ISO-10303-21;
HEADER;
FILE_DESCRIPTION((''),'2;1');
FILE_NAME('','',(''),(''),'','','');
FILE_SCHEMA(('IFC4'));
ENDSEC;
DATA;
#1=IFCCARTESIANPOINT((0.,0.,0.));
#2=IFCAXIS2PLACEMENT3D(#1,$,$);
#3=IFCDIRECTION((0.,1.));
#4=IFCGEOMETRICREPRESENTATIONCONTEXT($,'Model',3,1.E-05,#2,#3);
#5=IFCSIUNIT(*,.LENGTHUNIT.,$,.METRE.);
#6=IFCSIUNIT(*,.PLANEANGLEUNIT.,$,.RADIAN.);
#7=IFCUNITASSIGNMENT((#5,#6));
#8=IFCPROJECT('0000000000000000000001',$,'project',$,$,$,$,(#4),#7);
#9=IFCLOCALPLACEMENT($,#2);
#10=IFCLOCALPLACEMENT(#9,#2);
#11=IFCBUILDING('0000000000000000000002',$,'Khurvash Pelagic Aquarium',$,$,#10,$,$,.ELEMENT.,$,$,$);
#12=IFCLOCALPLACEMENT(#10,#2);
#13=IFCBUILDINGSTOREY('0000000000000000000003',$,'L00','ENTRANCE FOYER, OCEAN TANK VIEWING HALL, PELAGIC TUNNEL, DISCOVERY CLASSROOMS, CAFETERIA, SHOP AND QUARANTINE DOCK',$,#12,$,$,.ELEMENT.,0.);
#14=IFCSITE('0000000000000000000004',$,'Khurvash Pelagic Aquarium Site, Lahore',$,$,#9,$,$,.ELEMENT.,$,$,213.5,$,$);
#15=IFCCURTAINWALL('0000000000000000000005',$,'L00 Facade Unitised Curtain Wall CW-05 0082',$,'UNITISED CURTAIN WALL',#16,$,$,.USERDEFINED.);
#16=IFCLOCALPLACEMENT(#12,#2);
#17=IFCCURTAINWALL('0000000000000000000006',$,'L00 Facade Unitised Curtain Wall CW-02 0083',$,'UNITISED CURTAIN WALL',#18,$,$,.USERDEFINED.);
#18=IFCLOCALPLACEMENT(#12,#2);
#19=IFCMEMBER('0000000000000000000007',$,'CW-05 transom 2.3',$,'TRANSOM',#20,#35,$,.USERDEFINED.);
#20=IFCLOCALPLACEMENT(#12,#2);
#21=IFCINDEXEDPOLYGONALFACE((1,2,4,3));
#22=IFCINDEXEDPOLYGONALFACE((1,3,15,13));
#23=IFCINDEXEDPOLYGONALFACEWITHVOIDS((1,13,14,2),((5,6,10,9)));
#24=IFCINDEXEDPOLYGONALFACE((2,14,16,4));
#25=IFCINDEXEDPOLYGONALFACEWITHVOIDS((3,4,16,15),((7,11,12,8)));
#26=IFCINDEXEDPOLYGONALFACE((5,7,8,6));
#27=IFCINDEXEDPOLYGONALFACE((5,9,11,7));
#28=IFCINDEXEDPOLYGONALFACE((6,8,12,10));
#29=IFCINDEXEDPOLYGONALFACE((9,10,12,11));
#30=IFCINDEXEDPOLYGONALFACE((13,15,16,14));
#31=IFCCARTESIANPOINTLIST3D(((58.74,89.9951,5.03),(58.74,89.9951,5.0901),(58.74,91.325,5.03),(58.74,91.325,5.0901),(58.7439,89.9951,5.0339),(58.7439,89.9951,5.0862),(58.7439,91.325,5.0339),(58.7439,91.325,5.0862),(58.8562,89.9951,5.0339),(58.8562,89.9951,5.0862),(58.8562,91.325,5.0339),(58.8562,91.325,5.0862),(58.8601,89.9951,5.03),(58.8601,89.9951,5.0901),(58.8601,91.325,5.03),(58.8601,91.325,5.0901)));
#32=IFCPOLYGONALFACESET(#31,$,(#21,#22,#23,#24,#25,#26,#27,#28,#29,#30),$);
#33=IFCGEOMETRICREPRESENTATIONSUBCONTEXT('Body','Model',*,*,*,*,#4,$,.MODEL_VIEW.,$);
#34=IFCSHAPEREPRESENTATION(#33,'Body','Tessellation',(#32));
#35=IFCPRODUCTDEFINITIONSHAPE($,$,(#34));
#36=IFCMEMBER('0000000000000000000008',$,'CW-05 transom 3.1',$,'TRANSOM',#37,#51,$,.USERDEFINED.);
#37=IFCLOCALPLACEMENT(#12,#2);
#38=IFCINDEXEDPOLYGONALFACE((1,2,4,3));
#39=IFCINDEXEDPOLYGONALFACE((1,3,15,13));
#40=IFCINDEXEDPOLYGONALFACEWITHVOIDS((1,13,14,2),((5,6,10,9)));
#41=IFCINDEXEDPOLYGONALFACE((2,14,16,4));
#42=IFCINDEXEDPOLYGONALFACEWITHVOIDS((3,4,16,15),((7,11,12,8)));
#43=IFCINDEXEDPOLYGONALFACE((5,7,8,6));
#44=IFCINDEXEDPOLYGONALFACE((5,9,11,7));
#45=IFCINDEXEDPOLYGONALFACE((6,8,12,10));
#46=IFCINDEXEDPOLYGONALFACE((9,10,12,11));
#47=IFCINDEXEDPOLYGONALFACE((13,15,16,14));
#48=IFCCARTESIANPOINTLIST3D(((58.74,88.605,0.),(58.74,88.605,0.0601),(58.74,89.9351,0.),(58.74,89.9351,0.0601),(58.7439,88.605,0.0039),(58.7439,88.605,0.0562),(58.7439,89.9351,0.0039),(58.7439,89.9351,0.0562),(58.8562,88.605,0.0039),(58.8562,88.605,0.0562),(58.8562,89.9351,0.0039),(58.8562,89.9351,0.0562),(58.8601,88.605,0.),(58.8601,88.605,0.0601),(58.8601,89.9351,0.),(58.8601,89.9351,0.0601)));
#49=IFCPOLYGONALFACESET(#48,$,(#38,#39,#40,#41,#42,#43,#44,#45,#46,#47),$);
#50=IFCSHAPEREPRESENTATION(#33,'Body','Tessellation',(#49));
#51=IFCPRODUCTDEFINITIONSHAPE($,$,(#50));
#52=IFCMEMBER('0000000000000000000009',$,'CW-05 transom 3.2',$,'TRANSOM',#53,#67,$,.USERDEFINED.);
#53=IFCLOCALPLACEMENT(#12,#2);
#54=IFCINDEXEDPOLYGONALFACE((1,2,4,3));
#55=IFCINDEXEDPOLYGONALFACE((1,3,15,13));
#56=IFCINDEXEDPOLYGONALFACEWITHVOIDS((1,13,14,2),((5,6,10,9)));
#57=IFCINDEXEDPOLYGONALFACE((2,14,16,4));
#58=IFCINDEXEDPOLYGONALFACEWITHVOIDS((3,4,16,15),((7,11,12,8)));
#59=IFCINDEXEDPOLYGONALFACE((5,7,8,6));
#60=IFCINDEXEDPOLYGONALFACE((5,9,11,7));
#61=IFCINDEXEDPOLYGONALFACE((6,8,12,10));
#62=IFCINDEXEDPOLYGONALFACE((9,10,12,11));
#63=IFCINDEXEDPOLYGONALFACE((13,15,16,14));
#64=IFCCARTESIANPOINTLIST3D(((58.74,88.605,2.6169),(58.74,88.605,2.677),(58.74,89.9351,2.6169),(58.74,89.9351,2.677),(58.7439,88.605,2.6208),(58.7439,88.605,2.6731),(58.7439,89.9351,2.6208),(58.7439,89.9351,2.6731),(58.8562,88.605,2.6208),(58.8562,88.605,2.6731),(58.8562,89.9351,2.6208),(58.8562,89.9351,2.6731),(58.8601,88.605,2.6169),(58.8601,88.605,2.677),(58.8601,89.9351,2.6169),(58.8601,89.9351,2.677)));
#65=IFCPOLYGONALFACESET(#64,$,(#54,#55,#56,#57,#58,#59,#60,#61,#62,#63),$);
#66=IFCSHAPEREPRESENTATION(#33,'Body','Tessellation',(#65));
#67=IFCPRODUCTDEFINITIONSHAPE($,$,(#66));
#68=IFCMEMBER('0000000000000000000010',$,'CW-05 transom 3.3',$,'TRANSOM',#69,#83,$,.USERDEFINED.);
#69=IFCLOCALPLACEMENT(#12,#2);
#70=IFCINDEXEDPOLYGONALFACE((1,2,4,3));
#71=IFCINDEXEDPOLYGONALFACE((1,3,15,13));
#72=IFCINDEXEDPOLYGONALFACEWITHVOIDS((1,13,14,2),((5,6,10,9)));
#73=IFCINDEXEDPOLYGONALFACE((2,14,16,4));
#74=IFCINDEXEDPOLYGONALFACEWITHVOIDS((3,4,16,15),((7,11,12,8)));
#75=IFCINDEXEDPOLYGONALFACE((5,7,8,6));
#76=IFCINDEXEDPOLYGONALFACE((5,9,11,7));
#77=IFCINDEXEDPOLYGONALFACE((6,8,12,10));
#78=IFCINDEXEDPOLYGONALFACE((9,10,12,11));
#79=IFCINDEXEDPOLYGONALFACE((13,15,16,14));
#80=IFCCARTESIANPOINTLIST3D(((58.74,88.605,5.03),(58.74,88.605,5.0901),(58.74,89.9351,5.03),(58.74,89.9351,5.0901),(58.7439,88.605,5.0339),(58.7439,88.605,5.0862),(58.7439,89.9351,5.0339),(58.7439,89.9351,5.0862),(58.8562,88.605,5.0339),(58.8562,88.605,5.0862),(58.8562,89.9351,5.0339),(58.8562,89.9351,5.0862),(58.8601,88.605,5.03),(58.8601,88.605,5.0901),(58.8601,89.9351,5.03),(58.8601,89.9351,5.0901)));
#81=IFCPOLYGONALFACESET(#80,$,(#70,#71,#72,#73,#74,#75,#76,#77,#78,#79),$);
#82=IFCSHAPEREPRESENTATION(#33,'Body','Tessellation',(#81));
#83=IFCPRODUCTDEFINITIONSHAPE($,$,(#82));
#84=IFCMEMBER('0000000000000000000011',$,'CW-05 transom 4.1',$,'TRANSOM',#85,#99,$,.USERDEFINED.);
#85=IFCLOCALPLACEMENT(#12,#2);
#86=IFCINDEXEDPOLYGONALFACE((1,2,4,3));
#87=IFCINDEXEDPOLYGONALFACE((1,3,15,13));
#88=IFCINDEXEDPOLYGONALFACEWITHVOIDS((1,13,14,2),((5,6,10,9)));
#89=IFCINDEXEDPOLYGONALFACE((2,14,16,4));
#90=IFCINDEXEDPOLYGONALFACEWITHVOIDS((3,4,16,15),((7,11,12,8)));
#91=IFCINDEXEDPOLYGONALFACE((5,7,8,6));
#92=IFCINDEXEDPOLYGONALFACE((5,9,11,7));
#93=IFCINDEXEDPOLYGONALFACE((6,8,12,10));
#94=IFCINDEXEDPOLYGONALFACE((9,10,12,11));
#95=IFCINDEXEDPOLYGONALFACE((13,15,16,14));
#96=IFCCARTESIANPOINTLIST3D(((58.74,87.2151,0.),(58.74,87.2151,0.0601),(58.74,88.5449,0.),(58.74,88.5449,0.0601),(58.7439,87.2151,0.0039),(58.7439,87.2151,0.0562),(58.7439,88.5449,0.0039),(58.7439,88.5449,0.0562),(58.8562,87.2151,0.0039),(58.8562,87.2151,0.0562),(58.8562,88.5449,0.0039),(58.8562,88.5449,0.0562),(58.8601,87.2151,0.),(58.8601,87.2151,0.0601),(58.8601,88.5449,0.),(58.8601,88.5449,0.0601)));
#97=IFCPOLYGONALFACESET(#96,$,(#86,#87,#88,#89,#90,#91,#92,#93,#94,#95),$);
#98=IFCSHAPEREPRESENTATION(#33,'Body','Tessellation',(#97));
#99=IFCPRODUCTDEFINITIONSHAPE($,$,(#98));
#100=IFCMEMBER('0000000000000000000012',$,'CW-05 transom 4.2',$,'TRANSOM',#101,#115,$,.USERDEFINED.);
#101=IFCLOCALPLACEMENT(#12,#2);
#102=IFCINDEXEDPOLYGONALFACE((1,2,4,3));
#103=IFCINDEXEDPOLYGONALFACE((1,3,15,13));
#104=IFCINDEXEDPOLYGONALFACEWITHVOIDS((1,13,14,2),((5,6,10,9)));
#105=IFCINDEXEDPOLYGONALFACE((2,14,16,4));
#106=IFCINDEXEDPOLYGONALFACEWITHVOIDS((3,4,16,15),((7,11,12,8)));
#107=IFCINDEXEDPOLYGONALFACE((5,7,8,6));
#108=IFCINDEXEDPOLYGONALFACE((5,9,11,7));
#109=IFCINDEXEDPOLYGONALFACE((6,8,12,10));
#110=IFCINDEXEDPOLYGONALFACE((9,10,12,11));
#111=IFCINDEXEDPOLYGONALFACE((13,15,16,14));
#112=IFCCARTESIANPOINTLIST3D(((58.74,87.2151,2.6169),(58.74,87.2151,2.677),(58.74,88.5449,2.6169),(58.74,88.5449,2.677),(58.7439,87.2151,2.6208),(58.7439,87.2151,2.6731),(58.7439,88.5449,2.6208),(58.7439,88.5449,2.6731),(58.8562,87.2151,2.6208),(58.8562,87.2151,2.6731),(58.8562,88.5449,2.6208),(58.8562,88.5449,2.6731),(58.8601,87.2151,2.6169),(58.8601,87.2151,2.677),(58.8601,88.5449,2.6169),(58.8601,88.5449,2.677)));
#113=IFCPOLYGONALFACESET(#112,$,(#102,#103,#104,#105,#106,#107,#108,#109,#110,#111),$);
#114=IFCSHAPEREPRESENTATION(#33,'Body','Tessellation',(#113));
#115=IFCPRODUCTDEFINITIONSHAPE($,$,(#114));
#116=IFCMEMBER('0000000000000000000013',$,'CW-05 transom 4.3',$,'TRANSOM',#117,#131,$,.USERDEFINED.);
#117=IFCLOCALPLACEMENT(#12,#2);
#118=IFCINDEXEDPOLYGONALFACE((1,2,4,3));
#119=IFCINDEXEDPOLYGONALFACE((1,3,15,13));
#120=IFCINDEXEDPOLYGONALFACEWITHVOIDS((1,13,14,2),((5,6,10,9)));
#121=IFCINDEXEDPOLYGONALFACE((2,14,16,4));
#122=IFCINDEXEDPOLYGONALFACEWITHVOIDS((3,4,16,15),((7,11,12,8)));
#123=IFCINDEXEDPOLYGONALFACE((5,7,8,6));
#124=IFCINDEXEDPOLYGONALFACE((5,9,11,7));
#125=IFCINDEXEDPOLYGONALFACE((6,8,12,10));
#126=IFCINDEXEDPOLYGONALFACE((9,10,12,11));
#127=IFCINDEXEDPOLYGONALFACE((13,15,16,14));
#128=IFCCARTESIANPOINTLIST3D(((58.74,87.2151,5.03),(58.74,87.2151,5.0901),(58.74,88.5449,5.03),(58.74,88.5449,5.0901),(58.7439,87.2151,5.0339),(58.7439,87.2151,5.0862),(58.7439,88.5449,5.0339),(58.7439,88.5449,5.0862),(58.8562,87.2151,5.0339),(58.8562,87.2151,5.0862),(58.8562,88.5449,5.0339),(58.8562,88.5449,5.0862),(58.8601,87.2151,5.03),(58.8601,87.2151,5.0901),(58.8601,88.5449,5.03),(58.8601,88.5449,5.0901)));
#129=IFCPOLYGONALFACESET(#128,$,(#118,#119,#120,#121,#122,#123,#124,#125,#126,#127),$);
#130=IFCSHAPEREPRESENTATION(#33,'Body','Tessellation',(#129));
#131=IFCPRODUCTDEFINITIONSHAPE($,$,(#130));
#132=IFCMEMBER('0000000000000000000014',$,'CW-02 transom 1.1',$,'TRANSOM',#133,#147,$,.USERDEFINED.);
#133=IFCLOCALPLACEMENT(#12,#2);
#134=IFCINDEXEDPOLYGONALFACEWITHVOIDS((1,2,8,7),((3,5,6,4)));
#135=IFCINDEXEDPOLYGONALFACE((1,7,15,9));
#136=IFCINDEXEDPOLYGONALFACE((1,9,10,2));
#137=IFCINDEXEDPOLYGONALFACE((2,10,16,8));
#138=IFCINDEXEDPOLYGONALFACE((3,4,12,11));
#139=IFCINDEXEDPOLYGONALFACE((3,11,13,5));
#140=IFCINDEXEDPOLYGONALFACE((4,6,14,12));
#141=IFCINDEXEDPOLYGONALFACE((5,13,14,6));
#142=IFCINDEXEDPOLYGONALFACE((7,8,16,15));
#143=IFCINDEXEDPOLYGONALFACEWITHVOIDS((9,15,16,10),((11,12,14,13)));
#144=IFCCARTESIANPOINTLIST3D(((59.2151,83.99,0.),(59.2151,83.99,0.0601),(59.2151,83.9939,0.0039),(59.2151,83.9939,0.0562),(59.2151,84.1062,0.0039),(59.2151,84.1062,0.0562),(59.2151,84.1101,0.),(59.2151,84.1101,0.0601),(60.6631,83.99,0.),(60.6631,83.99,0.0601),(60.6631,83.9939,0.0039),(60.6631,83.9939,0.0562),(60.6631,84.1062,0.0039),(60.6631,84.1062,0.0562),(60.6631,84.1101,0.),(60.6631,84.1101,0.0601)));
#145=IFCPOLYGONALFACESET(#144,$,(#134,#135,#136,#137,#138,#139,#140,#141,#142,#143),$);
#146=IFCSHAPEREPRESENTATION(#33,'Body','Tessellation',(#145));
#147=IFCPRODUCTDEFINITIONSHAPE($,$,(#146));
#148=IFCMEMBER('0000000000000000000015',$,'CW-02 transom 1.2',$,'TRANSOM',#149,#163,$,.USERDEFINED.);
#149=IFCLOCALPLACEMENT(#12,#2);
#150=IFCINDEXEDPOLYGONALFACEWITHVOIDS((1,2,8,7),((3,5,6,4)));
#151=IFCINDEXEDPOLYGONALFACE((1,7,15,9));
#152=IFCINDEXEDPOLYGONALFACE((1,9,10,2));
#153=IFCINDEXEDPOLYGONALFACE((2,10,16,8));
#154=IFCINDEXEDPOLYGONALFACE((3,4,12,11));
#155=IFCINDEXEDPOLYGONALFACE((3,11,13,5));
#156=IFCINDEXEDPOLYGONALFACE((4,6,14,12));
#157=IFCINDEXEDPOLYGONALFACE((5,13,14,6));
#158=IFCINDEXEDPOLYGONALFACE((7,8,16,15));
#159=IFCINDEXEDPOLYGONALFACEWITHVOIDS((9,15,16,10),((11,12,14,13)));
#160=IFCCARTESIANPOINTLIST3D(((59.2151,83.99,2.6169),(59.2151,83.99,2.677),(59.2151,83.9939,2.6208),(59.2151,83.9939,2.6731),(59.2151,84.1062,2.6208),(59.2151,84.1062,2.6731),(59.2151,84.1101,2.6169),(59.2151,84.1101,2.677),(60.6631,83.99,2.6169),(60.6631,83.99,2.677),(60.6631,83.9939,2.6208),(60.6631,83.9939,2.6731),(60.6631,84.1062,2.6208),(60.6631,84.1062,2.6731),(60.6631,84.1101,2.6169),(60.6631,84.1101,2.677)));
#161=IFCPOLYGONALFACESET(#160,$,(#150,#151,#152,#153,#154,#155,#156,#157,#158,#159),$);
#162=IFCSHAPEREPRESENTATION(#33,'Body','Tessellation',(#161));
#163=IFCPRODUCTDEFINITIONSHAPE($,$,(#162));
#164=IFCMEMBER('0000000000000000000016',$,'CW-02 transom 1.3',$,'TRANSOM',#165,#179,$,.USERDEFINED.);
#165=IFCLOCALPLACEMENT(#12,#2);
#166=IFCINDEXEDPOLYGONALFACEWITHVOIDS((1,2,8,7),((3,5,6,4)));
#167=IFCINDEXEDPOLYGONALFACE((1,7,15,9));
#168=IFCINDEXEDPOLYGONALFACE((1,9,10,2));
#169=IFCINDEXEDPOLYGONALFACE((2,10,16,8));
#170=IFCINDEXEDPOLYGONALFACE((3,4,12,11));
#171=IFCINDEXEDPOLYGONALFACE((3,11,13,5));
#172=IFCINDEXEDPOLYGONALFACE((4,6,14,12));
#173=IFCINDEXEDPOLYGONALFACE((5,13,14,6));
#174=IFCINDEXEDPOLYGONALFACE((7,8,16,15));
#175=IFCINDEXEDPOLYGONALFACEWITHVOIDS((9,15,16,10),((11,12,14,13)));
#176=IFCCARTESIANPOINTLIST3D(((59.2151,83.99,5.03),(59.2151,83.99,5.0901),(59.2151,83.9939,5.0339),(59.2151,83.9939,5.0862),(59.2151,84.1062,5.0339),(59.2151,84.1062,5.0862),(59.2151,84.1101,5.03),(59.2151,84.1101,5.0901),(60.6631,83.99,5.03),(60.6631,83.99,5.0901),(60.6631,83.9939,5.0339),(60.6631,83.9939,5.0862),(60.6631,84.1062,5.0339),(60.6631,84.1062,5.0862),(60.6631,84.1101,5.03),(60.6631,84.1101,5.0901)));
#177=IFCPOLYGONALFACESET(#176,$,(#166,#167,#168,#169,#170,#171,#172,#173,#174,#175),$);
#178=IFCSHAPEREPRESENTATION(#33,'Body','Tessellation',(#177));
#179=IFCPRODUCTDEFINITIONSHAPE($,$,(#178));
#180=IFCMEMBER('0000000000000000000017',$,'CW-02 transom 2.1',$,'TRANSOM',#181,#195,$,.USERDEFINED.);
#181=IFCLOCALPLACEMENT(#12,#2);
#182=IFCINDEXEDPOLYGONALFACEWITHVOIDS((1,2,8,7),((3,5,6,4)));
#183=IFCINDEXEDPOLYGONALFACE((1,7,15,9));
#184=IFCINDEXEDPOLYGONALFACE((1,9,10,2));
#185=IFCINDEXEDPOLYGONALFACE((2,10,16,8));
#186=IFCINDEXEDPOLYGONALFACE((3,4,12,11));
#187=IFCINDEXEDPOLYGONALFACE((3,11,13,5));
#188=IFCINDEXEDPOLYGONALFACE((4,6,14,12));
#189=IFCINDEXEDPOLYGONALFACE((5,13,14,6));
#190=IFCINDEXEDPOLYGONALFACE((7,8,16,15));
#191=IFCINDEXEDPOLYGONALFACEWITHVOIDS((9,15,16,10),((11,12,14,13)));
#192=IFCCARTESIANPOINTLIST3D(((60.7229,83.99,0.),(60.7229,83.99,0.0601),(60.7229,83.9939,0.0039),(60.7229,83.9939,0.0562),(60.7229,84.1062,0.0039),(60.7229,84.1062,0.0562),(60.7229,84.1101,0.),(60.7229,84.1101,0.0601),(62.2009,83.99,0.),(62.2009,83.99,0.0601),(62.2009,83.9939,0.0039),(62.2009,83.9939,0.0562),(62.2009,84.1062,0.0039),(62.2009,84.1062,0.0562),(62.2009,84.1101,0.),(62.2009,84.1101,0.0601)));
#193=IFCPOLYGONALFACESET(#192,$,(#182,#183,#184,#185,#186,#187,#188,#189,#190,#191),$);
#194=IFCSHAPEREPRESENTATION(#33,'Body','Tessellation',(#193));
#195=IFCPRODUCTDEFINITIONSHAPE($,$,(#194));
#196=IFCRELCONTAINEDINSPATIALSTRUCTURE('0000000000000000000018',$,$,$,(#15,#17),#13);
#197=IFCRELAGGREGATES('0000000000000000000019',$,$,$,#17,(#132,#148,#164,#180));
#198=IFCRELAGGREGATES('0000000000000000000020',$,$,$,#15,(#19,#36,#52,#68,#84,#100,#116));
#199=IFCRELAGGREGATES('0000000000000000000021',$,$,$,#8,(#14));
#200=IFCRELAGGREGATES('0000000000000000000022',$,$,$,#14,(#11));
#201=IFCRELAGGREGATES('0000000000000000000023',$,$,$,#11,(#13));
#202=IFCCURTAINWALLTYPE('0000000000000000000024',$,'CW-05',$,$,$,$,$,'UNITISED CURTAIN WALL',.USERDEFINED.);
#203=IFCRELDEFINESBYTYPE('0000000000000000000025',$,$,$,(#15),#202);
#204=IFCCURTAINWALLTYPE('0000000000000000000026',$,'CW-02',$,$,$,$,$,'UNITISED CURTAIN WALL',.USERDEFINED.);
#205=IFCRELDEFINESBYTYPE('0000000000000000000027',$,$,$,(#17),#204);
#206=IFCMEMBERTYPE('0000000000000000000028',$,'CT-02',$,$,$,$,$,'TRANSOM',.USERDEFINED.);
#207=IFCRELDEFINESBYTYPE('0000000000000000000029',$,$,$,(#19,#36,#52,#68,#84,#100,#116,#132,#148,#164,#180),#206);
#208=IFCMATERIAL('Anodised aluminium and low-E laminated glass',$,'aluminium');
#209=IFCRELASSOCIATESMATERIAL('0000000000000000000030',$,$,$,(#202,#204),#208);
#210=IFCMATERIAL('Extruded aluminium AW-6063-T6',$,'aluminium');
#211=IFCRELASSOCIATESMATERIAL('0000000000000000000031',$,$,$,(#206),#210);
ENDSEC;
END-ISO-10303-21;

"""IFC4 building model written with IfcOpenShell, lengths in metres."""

from ifc_helpers import new_model, si_unit, direction, frame, origin, origin_2d, place, context, subcontext, project, spatial, hollow_rectangle, extrude, material, material_profile, profile_set, type_object, element, aggregate, save


model = new_model("IFC4")

# Units and contexts
model_context = context("Model", 3, precision=1e-05, world=origin(), true_north=direction((0.0, 1.0)))
body_context = subcontext(model_context, "Body", "Model", "MODEL_VIEW")
ifc_project = project(units=[si_unit("LENGTHUNIT", "METRE"), si_unit("PLANEANGLEUNIT", "RADIAN")], contexts=[model_context])

# Site, building, storey
site_placement = place(None, origin())
site = spatial("IfcSite", under=ifc_project, at=site_placement, Name="Khurvash Pelagic Aquarium Site, Lahore", CompositionType="ELEMENT", RefElevation=213.5)
building_placement = place(site_placement, origin())
building = spatial("IfcBuilding", under=site, at=building_placement, Name="Khurvash Pelagic Aquarium", CompositionType="ELEMENT")
storey_placement = place(building_placement, origin())
storey = spatial("IfcBuildingStorey", under=building, at=storey_placement, Name="L00", Description="ENTRANCE FOYER, OCEAN TANK VIEWING HALL, PELAGIC TUNNEL, DISCOVERY CLASSROOMS, CAFETERIA, SHOP AND QUARANTINE DOCK", CompositionType="ELEMENT", Elevation=0.0)

# Curtain walls
ifc_material_1 = material(Name="Anodised aluminium and low-E laminated glass", Category="aluminium")
curtain_wall_type_1 = type_object("IfcCurtainWallType", Name="CW-05", ElementType="UNITISED CURTAIN WALL", PredefinedType="USERDEFINED", material=ifc_material_1)
curtain_wall_1_placement = place(storey_placement, origin())
curtain_wall_1 = element("IfcCurtainWall", 1, at=curtain_wall_1_placement, inside=storey, type_object=curtain_wall_type_1, Name="L00 Facade Unitised Curtain Wall CW-05 0082", ObjectType="UNITISED CURTAIN WALL", PredefinedType="USERDEFINED")
ifc_material_2 = material(Name="Extruded aluminium AW-6063-T6", Category="aluminium")
curtain_wall_type_2 = type_object("IfcCurtainWallType", Name="CW-02", ElementType="UNITISED CURTAIN WALL", PredefinedType="USERDEFINED", material=ifc_material_1)
curtain_wall_2_placement = place(storey_placement, origin())
curtain_wall_2 = element("IfcCurtainWall", 2, at=curtain_wall_2_placement, inside=storey, type_object=curtain_wall_type_2, Name="L00 Facade Unitised Curtain Wall CW-02 0083", ObjectType="UNITISED CURTAIN WALL", PredefinedType="USERDEFINED")

# Members
ifc_material_profile_1 = material_profile(ifc_material_2, hollow_rectangle(XDim=0.1201, YDim=0.0601, WallThickness=0.0039, at=origin_2d()), Name="CWT120X60X4")
ifc_profile_set_1 = profile_set([ifc_material_profile_1], Name="Extruded aluminium AW-6063-T6")
member_type_1 = type_object("IfcMemberType", Name="CT-02", ElementType="TRANSOM", PredefinedType="USERDEFINED", material=ifc_profile_set_1)
member_1_placement = place(storey_placement, frame((58.8, 91.325, 5.0601), z_axis=(0.0, -1.0, 0.0), x_axis=(1.0, 0.0, 0.0)))
member_1 = element("IfcMember", 3, at=member_1_placement, type_object=member_type_1, Name="CW-05 transom 2.3", ObjectType="TRANSOM", PredefinedType="USERDEFINED", context=body_context, shape_type="SweptSolid", body=[
    extrude(hollow_rectangle(XDim=0.1201, YDim=0.0601, WallThickness=0.0039, at=origin_2d()), origin(), (0.0, 0.0, 1.0), 1.3298),
])
member_2_placement = place(storey_placement, frame((58.8, 89.9351, 0.03), z_axis=(0.0, -1.0, 0.0), x_axis=(1.0, 0.0, 0.0)))
member_2 = element("IfcMember", 4, at=member_2_placement, type_object=member_type_1, Name="CW-05 transom 3.1", ObjectType="TRANSOM", PredefinedType="USERDEFINED", context=body_context, shape_type="SweptSolid", body=[
    extrude(hollow_rectangle(XDim=0.1201, YDim=0.0601, WallThickness=0.0039, at=origin_2d()), origin(), (0.0, 0.0, 1.0), 1.3301),
])
member_3_placement = place(storey_placement, frame((58.8, 89.9351, 2.647), z_axis=(0.0, -1.0, 0.0), x_axis=(1.0, 0.0, 0.0)))
member_3 = element("IfcMember", 5, at=member_3_placement, type_object=member_type_1, Name="CW-05 transom 3.2", ObjectType="TRANSOM", PredefinedType="USERDEFINED", context=body_context, shape_type="SweptSolid", body=[
    extrude(hollow_rectangle(XDim=0.1201, YDim=0.0601, WallThickness=0.0039, at=origin_2d()), origin(), (0.0, 0.0, 1.0), 1.3301),
])
member_4_placement = place(storey_placement, frame((58.8, 89.9351, 5.0601), z_axis=(0.0, -1.0, 0.0), x_axis=(1.0, 0.0, 0.0)))
member_4 = element("IfcMember", 6, at=member_4_placement, type_object=member_type_1, Name="CW-05 transom 3.3", ObjectType="TRANSOM", PredefinedType="USERDEFINED", context=body_context, shape_type="SweptSolid", body=[
    extrude(hollow_rectangle(XDim=0.1201, YDim=0.0601, WallThickness=0.0039, at=origin_2d()), origin(), (0.0, 0.0, 1.0), 1.3301),
])
member_5_placement = place(storey_placement, frame((58.8, 88.5449, 0.03), z_axis=(0.0, -1.0, 0.0), x_axis=(1.0, 0.0, 0.0)))
member_5 = element("IfcMember", 7, at=member_5_placement, type_object=member_type_1, Name="CW-05 transom 4.1", ObjectType="TRANSOM", PredefinedType="USERDEFINED", context=body_context, shape_type="SweptSolid", body=[
    extrude(hollow_rectangle(XDim=0.1201, YDim=0.0601, WallThickness=0.0039, at=origin_2d()), origin(), (0.0, 0.0, 1.0), 1.3298),
])
member_6_placement = place(storey_placement, frame((58.8, 88.5449, 2.647), z_axis=(0.0, -1.0, 0.0), x_axis=(1.0, 0.0, 0.0)))
member_6 = element("IfcMember", 8, at=member_6_placement, type_object=member_type_1, Name="CW-05 transom 4.2", ObjectType="TRANSOM", PredefinedType="USERDEFINED", context=body_context, shape_type="SweptSolid", body=[
    extrude(hollow_rectangle(XDim=0.1201, YDim=0.0601, WallThickness=0.0039, at=origin_2d()), origin(), (0.0, 0.0, 1.0), 1.3298),
])
member_7_placement = place(storey_placement, frame((58.8, 88.5449, 5.0601), z_axis=(0.0, -1.0, 0.0), x_axis=(1.0, 0.0, 0.0)))
member_7 = element("IfcMember", 9, at=member_7_placement, type_object=member_type_1, Name="CW-05 transom 4.3", ObjectType="TRANSOM", PredefinedType="USERDEFINED", context=body_context, shape_type="SweptSolid", body=[
    extrude(hollow_rectangle(XDim=0.1201, YDim=0.0601, WallThickness=0.0039, at=origin_2d()), origin(), (0.0, 0.0, 1.0), 1.3298),
])
member_8_placement = place(storey_placement, frame((59.2151, 84.05, 0.03), z_axis=(1.0, 0.0, 0.0), x_axis=(0.0, 1.0, 0.0)))
member_8 = element("IfcMember", 10, at=member_8_placement, type_object=member_type_1, Name="CW-02 transom 1.1", ObjectType="TRANSOM", PredefinedType="USERDEFINED", context=body_context, shape_type="SweptSolid", body=[
    extrude(hollow_rectangle(XDim=0.1201, YDim=0.0601, WallThickness=0.0039, at=origin_2d()), origin(), (0.0, 0.0, 1.0), 1.448),
])
member_9_placement = place(storey_placement, frame((59.2151, 84.05, 2.647), z_axis=(1.0, 0.0, 0.0), x_axis=(0.0, 1.0, 0.0)))
member_9 = element("IfcMember", 11, at=member_9_placement, type_object=member_type_1, Name="CW-02 transom 1.2", ObjectType="TRANSOM", PredefinedType="USERDEFINED", context=body_context, shape_type="SweptSolid", body=[
    extrude(hollow_rectangle(XDim=0.1201, YDim=0.0601, WallThickness=0.0039, at=origin_2d()), origin(), (0.0, 0.0, 1.0), 1.448),
])
member_10_placement = place(storey_placement, frame((59.2151, 84.05, 5.0601), z_axis=(1.0, 0.0, 0.0), x_axis=(0.0, 1.0, 0.0)))
member_10 = element("IfcMember", 12, at=member_10_placement, type_object=member_type_1, Name="CW-02 transom 1.3", ObjectType="TRANSOM", PredefinedType="USERDEFINED", context=body_context, shape_type="SweptSolid", body=[
    extrude(hollow_rectangle(XDim=0.1201, YDim=0.0601, WallThickness=0.0039, at=origin_2d()), origin(), (0.0, 0.0, 1.0), 1.448),
])
member_11_placement = place(storey_placement, frame((60.7229, 84.05, 0.03), z_axis=(1.0, 0.0, 0.0), x_axis=(0.0, 1.0, 0.0)))
member_11 = element("IfcMember", 13, at=member_11_placement, type_object=member_type_1, Name="CW-02 transom 2.1", ObjectType="TRANSOM", PredefinedType="USERDEFINED", context=body_context, shape_type="SweptSolid", body=[
    extrude(hollow_rectangle(XDim=0.1201, YDim=0.0601, WallThickness=0.0039, at=origin_2d()), origin(), (0.0, 0.0, 1.0), 1.478),
])

aggregate(curtain_wall_2, [member_8, member_9, member_10, member_11])
aggregate(curtain_wall_1, [member_1, member_2, member_3, member_4, member_5, member_6, member_7])

save(model, "model.ifc")
